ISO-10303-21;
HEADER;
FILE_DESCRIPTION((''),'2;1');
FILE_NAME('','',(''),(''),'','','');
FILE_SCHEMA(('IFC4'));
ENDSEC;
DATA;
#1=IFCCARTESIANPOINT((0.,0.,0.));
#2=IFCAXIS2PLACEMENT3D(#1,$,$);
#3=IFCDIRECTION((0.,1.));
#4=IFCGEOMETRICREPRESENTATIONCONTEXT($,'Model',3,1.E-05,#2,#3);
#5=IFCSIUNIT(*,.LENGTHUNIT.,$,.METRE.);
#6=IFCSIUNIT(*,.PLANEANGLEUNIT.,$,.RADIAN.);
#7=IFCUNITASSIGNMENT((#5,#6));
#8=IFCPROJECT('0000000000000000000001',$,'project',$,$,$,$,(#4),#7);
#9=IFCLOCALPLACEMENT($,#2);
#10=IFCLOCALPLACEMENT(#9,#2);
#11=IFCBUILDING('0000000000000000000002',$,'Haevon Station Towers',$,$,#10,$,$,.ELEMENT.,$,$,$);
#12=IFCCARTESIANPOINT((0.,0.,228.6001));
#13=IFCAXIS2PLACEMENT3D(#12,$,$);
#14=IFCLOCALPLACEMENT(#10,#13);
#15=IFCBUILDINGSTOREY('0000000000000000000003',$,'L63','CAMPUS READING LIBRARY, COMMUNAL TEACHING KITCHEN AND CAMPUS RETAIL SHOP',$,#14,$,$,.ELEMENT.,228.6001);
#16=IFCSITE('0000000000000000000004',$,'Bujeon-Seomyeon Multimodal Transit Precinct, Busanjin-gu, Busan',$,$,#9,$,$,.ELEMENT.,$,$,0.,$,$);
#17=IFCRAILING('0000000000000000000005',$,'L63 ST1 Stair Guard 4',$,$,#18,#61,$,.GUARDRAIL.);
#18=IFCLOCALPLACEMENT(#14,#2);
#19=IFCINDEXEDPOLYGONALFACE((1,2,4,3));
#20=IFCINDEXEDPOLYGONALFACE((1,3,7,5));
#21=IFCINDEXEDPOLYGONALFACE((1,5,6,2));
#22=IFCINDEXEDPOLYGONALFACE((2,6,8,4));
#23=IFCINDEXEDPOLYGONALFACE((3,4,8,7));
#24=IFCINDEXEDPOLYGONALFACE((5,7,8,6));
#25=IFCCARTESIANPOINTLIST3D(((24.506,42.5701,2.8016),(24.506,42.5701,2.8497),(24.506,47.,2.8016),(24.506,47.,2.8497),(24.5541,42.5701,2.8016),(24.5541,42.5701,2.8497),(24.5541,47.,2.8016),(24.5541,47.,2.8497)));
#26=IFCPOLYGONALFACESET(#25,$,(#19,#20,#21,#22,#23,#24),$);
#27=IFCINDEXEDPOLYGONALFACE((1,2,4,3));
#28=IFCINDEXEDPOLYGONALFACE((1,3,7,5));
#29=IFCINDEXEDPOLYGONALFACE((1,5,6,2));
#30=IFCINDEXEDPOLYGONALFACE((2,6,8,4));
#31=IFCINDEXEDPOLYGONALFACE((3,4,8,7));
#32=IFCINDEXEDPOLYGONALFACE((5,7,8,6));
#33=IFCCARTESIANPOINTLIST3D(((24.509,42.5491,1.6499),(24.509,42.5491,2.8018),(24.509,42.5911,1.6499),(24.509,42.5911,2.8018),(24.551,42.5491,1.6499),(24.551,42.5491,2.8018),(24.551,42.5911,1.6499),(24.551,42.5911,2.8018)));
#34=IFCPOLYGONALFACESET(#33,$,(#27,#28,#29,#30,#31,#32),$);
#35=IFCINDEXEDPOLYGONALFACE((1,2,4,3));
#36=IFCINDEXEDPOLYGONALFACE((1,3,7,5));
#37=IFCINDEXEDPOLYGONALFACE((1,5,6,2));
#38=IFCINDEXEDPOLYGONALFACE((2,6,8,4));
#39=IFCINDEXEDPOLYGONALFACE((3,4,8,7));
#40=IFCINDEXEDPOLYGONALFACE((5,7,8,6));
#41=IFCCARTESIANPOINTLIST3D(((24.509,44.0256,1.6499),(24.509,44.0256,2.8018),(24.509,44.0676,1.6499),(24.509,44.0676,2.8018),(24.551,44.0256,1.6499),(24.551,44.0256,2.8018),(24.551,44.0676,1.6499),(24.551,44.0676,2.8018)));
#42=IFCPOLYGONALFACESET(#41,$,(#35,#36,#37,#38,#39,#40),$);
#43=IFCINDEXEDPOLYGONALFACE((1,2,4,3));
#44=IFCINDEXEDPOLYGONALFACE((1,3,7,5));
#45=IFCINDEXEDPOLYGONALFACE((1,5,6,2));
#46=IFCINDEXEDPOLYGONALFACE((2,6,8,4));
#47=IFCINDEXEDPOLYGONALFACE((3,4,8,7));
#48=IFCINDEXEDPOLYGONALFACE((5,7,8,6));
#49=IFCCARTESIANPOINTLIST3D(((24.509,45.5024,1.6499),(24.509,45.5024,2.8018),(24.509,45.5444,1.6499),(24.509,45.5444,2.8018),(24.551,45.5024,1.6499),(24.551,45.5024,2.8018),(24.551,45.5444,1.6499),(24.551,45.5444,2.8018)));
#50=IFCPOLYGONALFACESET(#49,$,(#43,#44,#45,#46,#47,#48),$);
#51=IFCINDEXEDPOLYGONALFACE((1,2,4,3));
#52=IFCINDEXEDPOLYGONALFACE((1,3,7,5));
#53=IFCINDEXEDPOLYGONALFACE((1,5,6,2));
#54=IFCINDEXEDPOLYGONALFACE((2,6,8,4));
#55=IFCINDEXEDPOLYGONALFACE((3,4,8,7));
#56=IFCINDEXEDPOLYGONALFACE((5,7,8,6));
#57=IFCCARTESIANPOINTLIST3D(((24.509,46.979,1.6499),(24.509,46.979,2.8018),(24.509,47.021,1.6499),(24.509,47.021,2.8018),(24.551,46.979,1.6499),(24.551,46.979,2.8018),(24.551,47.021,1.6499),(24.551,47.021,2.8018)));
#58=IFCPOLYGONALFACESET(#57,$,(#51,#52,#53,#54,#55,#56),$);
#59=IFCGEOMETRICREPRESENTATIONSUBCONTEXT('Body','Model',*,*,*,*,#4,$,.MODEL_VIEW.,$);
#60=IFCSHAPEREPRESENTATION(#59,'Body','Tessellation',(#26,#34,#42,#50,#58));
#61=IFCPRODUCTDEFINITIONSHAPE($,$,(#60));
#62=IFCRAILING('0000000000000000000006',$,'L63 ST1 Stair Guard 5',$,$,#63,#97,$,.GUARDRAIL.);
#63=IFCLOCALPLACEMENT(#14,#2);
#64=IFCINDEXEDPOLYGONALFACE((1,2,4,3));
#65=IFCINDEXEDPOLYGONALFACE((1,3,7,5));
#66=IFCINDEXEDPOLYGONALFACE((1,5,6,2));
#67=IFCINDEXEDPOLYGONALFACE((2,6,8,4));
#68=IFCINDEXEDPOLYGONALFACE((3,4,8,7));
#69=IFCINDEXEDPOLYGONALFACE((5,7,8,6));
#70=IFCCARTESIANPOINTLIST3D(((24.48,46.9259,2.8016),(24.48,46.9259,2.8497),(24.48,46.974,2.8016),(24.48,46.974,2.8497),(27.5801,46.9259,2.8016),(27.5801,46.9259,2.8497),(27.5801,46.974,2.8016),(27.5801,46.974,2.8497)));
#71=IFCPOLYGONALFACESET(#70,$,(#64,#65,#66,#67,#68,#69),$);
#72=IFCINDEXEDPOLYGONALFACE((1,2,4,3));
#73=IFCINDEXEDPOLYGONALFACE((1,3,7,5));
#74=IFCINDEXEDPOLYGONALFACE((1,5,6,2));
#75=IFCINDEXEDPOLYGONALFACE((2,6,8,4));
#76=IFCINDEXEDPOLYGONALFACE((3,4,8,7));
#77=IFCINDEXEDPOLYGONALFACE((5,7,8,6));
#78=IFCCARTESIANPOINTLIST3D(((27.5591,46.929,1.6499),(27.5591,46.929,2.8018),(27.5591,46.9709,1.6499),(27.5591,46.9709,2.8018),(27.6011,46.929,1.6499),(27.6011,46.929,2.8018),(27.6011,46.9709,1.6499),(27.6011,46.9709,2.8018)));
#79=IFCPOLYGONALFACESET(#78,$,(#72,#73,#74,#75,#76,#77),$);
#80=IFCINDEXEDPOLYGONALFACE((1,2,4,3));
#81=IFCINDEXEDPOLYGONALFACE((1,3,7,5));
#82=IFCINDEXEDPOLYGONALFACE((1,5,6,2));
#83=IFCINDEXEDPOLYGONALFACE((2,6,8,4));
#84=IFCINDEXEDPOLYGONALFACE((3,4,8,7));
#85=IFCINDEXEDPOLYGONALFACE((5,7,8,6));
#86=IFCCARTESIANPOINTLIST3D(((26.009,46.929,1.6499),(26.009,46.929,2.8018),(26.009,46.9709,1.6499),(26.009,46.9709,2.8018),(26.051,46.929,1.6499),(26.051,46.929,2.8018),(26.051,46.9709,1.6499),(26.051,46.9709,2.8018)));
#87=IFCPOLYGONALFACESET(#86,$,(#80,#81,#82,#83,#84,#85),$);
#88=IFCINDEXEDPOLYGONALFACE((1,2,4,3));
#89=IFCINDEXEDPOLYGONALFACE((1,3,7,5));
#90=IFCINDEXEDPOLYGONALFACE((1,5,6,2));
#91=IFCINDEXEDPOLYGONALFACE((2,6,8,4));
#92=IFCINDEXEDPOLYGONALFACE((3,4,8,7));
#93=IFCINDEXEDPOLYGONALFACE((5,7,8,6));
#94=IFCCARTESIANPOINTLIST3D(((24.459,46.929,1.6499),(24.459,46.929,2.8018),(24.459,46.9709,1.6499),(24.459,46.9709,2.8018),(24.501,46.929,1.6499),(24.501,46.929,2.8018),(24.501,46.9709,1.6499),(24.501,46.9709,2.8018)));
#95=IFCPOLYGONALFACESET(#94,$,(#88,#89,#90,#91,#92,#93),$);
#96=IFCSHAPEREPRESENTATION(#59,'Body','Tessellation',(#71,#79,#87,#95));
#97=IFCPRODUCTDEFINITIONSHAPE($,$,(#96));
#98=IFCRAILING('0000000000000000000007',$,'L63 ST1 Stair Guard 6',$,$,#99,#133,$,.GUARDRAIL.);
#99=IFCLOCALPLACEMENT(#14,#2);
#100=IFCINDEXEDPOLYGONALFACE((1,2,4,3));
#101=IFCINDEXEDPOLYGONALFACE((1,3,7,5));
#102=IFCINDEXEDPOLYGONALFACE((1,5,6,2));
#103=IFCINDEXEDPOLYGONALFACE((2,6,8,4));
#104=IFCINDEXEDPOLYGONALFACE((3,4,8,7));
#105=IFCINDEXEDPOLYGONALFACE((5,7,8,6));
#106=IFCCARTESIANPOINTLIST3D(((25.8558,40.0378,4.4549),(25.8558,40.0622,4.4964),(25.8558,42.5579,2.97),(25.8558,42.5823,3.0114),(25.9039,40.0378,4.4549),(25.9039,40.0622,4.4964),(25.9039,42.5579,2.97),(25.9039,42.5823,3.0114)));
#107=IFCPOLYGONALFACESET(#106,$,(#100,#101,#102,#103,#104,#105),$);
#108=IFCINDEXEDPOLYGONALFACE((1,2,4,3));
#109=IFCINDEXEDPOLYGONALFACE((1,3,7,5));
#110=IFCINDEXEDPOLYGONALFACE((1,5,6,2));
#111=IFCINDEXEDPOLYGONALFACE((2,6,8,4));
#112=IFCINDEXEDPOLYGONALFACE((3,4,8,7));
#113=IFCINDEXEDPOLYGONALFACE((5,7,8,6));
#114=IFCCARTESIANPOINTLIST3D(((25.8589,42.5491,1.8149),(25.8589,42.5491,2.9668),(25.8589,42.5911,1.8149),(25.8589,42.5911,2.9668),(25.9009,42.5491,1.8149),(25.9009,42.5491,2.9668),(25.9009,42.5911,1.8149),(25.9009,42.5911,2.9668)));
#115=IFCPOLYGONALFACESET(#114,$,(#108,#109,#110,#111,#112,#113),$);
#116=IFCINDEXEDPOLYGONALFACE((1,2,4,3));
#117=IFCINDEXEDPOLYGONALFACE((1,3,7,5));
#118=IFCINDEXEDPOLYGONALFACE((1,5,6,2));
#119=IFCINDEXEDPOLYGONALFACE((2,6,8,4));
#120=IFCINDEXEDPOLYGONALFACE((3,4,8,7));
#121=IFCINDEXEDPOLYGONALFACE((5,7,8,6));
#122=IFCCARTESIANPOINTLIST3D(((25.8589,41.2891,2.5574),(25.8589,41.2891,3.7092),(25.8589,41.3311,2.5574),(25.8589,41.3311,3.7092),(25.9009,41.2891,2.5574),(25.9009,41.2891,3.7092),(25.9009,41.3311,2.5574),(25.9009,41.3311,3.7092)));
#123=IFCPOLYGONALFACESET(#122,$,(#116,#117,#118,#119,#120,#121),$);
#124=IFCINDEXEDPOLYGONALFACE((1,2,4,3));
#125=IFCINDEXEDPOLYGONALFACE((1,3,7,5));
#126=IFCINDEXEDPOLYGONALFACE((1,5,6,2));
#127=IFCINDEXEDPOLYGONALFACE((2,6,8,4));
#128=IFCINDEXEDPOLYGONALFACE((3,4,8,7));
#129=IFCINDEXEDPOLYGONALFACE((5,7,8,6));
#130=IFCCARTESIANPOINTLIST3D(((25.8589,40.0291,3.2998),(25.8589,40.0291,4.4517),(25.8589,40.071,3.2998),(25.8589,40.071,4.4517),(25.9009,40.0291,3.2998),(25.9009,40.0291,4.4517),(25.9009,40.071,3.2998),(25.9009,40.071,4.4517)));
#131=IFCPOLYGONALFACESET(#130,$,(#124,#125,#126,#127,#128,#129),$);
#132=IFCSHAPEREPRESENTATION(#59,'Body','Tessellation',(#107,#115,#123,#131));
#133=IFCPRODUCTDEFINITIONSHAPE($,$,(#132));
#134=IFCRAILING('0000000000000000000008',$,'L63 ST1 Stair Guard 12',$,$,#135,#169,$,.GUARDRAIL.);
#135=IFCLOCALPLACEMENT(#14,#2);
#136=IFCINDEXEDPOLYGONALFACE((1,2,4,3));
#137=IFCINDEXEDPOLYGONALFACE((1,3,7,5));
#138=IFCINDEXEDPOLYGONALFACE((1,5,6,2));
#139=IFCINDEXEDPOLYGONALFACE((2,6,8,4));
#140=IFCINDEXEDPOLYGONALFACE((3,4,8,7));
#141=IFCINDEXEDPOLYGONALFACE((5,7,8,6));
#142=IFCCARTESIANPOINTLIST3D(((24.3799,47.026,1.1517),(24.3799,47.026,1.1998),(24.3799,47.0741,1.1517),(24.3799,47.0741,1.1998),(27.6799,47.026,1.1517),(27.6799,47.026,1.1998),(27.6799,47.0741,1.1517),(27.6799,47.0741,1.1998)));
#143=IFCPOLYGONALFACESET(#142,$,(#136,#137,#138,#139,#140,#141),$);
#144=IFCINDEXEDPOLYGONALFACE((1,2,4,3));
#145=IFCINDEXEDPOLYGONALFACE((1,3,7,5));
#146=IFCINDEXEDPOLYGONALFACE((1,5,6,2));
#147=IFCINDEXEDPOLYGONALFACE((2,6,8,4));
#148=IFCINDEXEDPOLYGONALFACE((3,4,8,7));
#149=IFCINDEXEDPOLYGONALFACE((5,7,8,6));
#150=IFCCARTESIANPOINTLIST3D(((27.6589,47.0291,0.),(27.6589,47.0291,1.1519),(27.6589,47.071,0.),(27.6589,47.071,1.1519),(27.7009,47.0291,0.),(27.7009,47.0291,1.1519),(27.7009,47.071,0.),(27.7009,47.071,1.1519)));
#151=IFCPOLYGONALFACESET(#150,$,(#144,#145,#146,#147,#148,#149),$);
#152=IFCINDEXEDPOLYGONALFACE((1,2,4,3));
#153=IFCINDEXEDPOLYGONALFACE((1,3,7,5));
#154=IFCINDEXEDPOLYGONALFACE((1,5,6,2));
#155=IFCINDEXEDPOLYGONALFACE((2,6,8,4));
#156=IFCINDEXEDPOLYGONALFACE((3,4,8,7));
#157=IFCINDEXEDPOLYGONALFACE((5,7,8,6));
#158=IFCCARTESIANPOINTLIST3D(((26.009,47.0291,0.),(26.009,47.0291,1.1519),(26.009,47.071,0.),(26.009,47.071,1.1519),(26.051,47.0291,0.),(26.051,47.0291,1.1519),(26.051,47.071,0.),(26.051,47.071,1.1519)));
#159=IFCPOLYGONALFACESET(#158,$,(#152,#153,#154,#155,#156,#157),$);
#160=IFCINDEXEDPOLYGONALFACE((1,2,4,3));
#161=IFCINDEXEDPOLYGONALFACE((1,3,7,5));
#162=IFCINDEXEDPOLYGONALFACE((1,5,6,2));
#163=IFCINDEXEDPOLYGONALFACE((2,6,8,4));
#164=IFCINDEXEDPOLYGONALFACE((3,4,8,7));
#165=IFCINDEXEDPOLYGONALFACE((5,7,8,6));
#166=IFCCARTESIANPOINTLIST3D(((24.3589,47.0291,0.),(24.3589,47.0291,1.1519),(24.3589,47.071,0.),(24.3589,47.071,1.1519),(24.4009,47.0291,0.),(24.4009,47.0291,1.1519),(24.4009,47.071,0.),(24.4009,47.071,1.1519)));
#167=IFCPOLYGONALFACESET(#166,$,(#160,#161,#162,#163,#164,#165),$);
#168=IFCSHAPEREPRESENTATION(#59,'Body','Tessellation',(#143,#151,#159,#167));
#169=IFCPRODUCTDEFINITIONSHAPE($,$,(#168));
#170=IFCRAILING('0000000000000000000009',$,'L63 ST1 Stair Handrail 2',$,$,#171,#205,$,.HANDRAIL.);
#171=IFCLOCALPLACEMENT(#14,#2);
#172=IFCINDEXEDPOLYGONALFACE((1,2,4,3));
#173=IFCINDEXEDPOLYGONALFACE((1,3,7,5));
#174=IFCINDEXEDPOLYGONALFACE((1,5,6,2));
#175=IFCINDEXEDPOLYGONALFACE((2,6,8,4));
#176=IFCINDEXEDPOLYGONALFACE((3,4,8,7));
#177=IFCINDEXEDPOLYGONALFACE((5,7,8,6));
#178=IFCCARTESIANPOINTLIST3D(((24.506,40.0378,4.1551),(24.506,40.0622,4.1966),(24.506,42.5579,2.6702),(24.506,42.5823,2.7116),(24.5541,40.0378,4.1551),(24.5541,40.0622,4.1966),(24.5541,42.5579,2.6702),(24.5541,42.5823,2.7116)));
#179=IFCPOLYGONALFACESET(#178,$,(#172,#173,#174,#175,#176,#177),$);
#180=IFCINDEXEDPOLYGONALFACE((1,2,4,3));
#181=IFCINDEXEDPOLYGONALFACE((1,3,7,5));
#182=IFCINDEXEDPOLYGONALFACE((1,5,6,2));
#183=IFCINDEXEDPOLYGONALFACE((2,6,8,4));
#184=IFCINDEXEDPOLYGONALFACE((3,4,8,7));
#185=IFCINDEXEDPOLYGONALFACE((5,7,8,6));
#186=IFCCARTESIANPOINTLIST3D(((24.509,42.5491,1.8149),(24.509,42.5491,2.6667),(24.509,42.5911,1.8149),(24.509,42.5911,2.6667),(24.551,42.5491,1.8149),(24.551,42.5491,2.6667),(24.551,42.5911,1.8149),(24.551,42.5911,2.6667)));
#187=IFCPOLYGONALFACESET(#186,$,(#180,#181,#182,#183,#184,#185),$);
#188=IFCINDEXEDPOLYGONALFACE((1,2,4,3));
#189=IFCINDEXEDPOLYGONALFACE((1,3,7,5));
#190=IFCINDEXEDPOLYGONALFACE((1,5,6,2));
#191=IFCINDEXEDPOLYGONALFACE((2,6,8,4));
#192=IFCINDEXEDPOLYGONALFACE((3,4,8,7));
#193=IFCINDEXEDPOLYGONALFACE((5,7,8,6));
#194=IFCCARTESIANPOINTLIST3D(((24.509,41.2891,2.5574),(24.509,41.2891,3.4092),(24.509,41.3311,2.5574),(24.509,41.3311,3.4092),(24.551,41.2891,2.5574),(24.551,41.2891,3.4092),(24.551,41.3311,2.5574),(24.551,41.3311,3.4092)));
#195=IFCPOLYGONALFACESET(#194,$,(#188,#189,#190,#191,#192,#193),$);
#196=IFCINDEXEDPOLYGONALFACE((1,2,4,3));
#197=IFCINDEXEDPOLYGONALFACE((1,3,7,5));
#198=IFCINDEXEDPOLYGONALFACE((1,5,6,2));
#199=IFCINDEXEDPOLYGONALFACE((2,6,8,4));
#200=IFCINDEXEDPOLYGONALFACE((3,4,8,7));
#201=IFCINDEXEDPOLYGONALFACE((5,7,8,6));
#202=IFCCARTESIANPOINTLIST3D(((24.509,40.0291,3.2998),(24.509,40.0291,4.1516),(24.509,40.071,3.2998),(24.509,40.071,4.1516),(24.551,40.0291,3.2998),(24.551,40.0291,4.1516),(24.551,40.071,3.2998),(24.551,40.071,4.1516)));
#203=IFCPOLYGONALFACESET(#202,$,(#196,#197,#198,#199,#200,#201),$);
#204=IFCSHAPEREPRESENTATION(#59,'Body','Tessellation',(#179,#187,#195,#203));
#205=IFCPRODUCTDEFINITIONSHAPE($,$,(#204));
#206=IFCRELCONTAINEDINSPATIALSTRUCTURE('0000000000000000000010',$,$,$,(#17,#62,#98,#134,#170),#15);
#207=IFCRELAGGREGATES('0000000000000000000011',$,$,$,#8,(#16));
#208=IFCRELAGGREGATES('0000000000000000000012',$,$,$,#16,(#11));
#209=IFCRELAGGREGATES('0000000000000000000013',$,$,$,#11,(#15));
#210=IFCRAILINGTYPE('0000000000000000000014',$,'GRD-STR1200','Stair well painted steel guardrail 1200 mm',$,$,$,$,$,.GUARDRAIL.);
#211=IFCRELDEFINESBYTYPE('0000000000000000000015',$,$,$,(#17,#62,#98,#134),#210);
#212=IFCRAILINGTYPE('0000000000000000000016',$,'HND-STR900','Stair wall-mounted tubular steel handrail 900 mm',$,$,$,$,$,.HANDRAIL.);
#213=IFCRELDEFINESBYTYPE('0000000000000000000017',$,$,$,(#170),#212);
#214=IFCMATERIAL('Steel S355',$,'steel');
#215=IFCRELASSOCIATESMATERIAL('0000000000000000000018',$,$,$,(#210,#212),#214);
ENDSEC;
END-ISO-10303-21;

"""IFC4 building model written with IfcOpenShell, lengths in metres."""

from ifc_helpers import new_model, si_unit, direction, frame, origin, origin_2d, place, context, subcontext, project, spatial, rectangle, extrude, material, type_object, element, save


model = new_model("IFC4")

# Units and contexts
model_context = context("Model", 3, precision=1e-05, world=origin(), true_north=direction((0.0, 1.0)))
body_context = subcontext(model_context, "Body", "Model", "MODEL_VIEW")
ifc_project = project(units=[si_unit("LENGTHUNIT", "METRE"), si_unit("PLANEANGLEUNIT", "RADIAN")], contexts=[model_context])

# Site, building, storey
site_placement = place(None, origin())
site = spatial("IfcSite", under=ifc_project, at=site_placement, Name="Bujeon-Seomyeon Multimodal Transit Precinct, Busanjin-gu, Busan", CompositionType="ELEMENT", RefElevation=0.0)
building_placement = place(site_placement, origin())
building = spatial("IfcBuilding", under=site, at=building_placement, Name="Haevon Station Towers", CompositionType="ELEMENT")
storey_placement = place(building_placement, frame((0.0, 0.0, 228.6001)))
storey = spatial("IfcBuildingStorey", under=building, at=storey_placement, Name="L63", Description="CAMPUS READING LIBRARY, COMMUNAL TEACHING KITCHEN AND CAMPUS RETAIL SHOP", CompositionType="ELEMENT", Elevation=228.6001)

# Shared definitions
ifc_material_1 = material(Name="Steel S355", Category="steel")

# Railings
railing_type_1 = type_object("IfcRailingType", Name="GRD-STR1200", Description="Stair well painted steel guardrail 1200 mm", PredefinedType="GUARDRAIL", material=ifc_material_1)
for number, where, name in (
    (1, (24.53, 42.5701, 1.6499), "L63 ST1 Stair Guard 4"),
):
    element("IfcRailing", number, at=place(storey_placement, frame(where)), inside=storey, type_object=railing_type_1, Name=name, PredefinedType="GUARDRAIL", context=body_context, shape_type="SweptSolid", body=[
        extrude(rectangle(XDim=0.0481, YDim=0.0481, at=origin_2d()), frame((0.0, 0.0, 1.1758), z_axis=(0.0, 1.0, 0.0), x_axis=(-1.0, 0.0, 0.0)), (0.0, 0.0, 1.0), 4.4299),
        extrude(rectangle(XDim=0.042, YDim=0.042, at=origin_2d()), origin(), (0.0, 0.0, 1.0), 1.1519),
        extrude(rectangle(XDim=0.042, YDim=0.042, at=origin_2d()), frame((0.0, 1.4766, 0.0)), (0.0, 0.0, 1.0), 1.1519),
        extrude(rectangle(XDim=0.042, YDim=0.042, at=origin_2d()), frame((0.0, 2.9534, 0.0)), (0.0, 0.0, 1.0), 1.1519),
        extrude(rectangle(XDim=0.042, YDim=0.042, at=origin_2d()), frame((0.0, 4.4299, 0.0)), (0.0, 0.0, 1.0), 1.1519),
    ])
railing_1_placement = place(storey_placement, frame((27.5801, 46.95, 1.6499)))
element("IfcRailing", 2, at=railing_1_placement, inside=storey, type_object=railing_type_1, Name="L63 ST1 Stair Guard 5", PredefinedType="GUARDRAIL", context=body_context, shape_type="SweptSolid", body=[
    extrude(rectangle(XDim=0.0481, YDim=0.0481, at=origin_2d()), frame((0.0, 0.0, 1.1758), z_axis=(-1.0, 0.0, 0.0), x_axis=(0.0, -1.0, 0.0)), (0.0, 0.0, 1.0), 3.1001),
    extrude(rectangle(XDim=0.042, YDim=0.042, at=origin_2d()), origin(), (0.0, 0.0, 1.0), 1.1519),
    extrude(rectangle(XDim=0.042, YDim=0.042, at=origin_2d()), frame((-1.55, 0.0, 0.0)), (0.0, 0.0, 1.0), 1.1519),
    extrude(rectangle(XDim=0.042, YDim=0.042, at=origin_2d()), frame((-3.1001, 0.0, 0.0)), (0.0, 0.0, 1.0), 1.1519),
])
railing_2_placement = place(storey_placement, frame((25.8799, 42.5701, 1.8149)))
element("IfcRailing", 3, at=railing_2_placement, inside=storey, type_object=railing_type_1, Name="L63 ST1 Stair Guard 6", PredefinedType="GUARDRAIL", context=body_context, shape_type="SweptSolid", body=[
    extrude(rectangle(XDim=0.0481, YDim=0.0481, at=origin_2d()), frame((0.0, 0.0, 1.1758), z_axis=(0.0, -0.861561, 0.507655), x_axis=(1.0, 0.0, 0.0)), (0.0, 0.0, 1.0), 2.925),
    extrude(rectangle(XDim=0.042, YDim=0.042, at=origin_2d()), origin(), (0.0, 0.0, 1.0), 1.1519),
    extrude(rectangle(XDim=0.042, YDim=0.042, at=origin_2d()), frame((0.0, -1.26, 0.7424)), (0.0, 0.0, 1.0), 1.1519),
    extrude(rectangle(XDim=0.042, YDim=0.042, at=origin_2d()), frame((0.0, -2.52, 1.4849)), (0.0, 0.0, 1.0), 1.1519),
])
railing_3_placement = place(storey_placement, frame((27.6799, 47.05, 0.0)))
element("IfcRailing", 4, at=railing_3_placement, inside=storey, type_object=railing_type_1, Name="L63 ST1 Stair Guard 12", PredefinedType="GUARDRAIL", context=body_context, shape_type="SweptSolid", body=[
    extrude(rectangle(XDim=0.0481, YDim=0.0481, at=origin_2d()), frame((0.0, 0.0, 1.1758), z_axis=(-1.0, 0.0, 0.0), x_axis=(0.0, -1.0, 0.0)), (0.0, 0.0, 1.0), 3.3),
    extrude(rectangle(XDim=0.042, YDim=0.042, at=origin_2d()), origin(), (0.0, 0.0, 1.0), 1.1519),
    extrude(rectangle(XDim=0.042, YDim=0.042, at=origin_2d()), frame((-1.6499, 0.0, 0.0)), (0.0, 0.0, 1.0), 1.1519),
    extrude(rectangle(XDim=0.042, YDim=0.042, at=origin_2d()), frame((-3.3, 0.0, 0.0)), (0.0, 0.0, 1.0), 1.1519),
])
railing_type_2 = type_object("IfcRailingType", Name="HND-STR900", Description="Stair wall-mounted tubular steel handrail 900 mm", PredefinedType="HANDRAIL", material=ifc_material_1)
railing_4_placement = place(storey_placement, frame((24.53, 42.5701, 1.8149)))
element("IfcRailing", 5, at=railing_4_placement, inside=storey, type_object=railing_type_2, Name="L63 ST1 Stair Handrail 2", PredefinedType="HANDRAIL", context=body_context, shape_type="SweptSolid", body=[
    extrude(rectangle(XDim=0.0481, YDim=0.0481, at=origin_2d()), frame((0.0, 0.0, 0.876), z_axis=(0.0, -0.861561, 0.507655), x_axis=(1.0, 0.0, 0.0)), (0.0, 0.0, 1.0), 2.925),
    extrude(rectangle(XDim=0.042, YDim=0.042, at=origin_2d()), origin(), (0.0, 0.0, 1.0), 0.8518),
    extrude(rectangle(XDim=0.042, YDim=0.042, at=origin_2d()), frame((0.0, -1.26, 0.7424)), (0.0, 0.0, 1.0), 0.8518),
    extrude(rectangle(XDim=0.042, YDim=0.042, at=origin_2d()), frame((0.0, -2.52, 1.4849)), (0.0, 0.0, 1.0), 0.8518),
])

save(model, "model.ifc")
